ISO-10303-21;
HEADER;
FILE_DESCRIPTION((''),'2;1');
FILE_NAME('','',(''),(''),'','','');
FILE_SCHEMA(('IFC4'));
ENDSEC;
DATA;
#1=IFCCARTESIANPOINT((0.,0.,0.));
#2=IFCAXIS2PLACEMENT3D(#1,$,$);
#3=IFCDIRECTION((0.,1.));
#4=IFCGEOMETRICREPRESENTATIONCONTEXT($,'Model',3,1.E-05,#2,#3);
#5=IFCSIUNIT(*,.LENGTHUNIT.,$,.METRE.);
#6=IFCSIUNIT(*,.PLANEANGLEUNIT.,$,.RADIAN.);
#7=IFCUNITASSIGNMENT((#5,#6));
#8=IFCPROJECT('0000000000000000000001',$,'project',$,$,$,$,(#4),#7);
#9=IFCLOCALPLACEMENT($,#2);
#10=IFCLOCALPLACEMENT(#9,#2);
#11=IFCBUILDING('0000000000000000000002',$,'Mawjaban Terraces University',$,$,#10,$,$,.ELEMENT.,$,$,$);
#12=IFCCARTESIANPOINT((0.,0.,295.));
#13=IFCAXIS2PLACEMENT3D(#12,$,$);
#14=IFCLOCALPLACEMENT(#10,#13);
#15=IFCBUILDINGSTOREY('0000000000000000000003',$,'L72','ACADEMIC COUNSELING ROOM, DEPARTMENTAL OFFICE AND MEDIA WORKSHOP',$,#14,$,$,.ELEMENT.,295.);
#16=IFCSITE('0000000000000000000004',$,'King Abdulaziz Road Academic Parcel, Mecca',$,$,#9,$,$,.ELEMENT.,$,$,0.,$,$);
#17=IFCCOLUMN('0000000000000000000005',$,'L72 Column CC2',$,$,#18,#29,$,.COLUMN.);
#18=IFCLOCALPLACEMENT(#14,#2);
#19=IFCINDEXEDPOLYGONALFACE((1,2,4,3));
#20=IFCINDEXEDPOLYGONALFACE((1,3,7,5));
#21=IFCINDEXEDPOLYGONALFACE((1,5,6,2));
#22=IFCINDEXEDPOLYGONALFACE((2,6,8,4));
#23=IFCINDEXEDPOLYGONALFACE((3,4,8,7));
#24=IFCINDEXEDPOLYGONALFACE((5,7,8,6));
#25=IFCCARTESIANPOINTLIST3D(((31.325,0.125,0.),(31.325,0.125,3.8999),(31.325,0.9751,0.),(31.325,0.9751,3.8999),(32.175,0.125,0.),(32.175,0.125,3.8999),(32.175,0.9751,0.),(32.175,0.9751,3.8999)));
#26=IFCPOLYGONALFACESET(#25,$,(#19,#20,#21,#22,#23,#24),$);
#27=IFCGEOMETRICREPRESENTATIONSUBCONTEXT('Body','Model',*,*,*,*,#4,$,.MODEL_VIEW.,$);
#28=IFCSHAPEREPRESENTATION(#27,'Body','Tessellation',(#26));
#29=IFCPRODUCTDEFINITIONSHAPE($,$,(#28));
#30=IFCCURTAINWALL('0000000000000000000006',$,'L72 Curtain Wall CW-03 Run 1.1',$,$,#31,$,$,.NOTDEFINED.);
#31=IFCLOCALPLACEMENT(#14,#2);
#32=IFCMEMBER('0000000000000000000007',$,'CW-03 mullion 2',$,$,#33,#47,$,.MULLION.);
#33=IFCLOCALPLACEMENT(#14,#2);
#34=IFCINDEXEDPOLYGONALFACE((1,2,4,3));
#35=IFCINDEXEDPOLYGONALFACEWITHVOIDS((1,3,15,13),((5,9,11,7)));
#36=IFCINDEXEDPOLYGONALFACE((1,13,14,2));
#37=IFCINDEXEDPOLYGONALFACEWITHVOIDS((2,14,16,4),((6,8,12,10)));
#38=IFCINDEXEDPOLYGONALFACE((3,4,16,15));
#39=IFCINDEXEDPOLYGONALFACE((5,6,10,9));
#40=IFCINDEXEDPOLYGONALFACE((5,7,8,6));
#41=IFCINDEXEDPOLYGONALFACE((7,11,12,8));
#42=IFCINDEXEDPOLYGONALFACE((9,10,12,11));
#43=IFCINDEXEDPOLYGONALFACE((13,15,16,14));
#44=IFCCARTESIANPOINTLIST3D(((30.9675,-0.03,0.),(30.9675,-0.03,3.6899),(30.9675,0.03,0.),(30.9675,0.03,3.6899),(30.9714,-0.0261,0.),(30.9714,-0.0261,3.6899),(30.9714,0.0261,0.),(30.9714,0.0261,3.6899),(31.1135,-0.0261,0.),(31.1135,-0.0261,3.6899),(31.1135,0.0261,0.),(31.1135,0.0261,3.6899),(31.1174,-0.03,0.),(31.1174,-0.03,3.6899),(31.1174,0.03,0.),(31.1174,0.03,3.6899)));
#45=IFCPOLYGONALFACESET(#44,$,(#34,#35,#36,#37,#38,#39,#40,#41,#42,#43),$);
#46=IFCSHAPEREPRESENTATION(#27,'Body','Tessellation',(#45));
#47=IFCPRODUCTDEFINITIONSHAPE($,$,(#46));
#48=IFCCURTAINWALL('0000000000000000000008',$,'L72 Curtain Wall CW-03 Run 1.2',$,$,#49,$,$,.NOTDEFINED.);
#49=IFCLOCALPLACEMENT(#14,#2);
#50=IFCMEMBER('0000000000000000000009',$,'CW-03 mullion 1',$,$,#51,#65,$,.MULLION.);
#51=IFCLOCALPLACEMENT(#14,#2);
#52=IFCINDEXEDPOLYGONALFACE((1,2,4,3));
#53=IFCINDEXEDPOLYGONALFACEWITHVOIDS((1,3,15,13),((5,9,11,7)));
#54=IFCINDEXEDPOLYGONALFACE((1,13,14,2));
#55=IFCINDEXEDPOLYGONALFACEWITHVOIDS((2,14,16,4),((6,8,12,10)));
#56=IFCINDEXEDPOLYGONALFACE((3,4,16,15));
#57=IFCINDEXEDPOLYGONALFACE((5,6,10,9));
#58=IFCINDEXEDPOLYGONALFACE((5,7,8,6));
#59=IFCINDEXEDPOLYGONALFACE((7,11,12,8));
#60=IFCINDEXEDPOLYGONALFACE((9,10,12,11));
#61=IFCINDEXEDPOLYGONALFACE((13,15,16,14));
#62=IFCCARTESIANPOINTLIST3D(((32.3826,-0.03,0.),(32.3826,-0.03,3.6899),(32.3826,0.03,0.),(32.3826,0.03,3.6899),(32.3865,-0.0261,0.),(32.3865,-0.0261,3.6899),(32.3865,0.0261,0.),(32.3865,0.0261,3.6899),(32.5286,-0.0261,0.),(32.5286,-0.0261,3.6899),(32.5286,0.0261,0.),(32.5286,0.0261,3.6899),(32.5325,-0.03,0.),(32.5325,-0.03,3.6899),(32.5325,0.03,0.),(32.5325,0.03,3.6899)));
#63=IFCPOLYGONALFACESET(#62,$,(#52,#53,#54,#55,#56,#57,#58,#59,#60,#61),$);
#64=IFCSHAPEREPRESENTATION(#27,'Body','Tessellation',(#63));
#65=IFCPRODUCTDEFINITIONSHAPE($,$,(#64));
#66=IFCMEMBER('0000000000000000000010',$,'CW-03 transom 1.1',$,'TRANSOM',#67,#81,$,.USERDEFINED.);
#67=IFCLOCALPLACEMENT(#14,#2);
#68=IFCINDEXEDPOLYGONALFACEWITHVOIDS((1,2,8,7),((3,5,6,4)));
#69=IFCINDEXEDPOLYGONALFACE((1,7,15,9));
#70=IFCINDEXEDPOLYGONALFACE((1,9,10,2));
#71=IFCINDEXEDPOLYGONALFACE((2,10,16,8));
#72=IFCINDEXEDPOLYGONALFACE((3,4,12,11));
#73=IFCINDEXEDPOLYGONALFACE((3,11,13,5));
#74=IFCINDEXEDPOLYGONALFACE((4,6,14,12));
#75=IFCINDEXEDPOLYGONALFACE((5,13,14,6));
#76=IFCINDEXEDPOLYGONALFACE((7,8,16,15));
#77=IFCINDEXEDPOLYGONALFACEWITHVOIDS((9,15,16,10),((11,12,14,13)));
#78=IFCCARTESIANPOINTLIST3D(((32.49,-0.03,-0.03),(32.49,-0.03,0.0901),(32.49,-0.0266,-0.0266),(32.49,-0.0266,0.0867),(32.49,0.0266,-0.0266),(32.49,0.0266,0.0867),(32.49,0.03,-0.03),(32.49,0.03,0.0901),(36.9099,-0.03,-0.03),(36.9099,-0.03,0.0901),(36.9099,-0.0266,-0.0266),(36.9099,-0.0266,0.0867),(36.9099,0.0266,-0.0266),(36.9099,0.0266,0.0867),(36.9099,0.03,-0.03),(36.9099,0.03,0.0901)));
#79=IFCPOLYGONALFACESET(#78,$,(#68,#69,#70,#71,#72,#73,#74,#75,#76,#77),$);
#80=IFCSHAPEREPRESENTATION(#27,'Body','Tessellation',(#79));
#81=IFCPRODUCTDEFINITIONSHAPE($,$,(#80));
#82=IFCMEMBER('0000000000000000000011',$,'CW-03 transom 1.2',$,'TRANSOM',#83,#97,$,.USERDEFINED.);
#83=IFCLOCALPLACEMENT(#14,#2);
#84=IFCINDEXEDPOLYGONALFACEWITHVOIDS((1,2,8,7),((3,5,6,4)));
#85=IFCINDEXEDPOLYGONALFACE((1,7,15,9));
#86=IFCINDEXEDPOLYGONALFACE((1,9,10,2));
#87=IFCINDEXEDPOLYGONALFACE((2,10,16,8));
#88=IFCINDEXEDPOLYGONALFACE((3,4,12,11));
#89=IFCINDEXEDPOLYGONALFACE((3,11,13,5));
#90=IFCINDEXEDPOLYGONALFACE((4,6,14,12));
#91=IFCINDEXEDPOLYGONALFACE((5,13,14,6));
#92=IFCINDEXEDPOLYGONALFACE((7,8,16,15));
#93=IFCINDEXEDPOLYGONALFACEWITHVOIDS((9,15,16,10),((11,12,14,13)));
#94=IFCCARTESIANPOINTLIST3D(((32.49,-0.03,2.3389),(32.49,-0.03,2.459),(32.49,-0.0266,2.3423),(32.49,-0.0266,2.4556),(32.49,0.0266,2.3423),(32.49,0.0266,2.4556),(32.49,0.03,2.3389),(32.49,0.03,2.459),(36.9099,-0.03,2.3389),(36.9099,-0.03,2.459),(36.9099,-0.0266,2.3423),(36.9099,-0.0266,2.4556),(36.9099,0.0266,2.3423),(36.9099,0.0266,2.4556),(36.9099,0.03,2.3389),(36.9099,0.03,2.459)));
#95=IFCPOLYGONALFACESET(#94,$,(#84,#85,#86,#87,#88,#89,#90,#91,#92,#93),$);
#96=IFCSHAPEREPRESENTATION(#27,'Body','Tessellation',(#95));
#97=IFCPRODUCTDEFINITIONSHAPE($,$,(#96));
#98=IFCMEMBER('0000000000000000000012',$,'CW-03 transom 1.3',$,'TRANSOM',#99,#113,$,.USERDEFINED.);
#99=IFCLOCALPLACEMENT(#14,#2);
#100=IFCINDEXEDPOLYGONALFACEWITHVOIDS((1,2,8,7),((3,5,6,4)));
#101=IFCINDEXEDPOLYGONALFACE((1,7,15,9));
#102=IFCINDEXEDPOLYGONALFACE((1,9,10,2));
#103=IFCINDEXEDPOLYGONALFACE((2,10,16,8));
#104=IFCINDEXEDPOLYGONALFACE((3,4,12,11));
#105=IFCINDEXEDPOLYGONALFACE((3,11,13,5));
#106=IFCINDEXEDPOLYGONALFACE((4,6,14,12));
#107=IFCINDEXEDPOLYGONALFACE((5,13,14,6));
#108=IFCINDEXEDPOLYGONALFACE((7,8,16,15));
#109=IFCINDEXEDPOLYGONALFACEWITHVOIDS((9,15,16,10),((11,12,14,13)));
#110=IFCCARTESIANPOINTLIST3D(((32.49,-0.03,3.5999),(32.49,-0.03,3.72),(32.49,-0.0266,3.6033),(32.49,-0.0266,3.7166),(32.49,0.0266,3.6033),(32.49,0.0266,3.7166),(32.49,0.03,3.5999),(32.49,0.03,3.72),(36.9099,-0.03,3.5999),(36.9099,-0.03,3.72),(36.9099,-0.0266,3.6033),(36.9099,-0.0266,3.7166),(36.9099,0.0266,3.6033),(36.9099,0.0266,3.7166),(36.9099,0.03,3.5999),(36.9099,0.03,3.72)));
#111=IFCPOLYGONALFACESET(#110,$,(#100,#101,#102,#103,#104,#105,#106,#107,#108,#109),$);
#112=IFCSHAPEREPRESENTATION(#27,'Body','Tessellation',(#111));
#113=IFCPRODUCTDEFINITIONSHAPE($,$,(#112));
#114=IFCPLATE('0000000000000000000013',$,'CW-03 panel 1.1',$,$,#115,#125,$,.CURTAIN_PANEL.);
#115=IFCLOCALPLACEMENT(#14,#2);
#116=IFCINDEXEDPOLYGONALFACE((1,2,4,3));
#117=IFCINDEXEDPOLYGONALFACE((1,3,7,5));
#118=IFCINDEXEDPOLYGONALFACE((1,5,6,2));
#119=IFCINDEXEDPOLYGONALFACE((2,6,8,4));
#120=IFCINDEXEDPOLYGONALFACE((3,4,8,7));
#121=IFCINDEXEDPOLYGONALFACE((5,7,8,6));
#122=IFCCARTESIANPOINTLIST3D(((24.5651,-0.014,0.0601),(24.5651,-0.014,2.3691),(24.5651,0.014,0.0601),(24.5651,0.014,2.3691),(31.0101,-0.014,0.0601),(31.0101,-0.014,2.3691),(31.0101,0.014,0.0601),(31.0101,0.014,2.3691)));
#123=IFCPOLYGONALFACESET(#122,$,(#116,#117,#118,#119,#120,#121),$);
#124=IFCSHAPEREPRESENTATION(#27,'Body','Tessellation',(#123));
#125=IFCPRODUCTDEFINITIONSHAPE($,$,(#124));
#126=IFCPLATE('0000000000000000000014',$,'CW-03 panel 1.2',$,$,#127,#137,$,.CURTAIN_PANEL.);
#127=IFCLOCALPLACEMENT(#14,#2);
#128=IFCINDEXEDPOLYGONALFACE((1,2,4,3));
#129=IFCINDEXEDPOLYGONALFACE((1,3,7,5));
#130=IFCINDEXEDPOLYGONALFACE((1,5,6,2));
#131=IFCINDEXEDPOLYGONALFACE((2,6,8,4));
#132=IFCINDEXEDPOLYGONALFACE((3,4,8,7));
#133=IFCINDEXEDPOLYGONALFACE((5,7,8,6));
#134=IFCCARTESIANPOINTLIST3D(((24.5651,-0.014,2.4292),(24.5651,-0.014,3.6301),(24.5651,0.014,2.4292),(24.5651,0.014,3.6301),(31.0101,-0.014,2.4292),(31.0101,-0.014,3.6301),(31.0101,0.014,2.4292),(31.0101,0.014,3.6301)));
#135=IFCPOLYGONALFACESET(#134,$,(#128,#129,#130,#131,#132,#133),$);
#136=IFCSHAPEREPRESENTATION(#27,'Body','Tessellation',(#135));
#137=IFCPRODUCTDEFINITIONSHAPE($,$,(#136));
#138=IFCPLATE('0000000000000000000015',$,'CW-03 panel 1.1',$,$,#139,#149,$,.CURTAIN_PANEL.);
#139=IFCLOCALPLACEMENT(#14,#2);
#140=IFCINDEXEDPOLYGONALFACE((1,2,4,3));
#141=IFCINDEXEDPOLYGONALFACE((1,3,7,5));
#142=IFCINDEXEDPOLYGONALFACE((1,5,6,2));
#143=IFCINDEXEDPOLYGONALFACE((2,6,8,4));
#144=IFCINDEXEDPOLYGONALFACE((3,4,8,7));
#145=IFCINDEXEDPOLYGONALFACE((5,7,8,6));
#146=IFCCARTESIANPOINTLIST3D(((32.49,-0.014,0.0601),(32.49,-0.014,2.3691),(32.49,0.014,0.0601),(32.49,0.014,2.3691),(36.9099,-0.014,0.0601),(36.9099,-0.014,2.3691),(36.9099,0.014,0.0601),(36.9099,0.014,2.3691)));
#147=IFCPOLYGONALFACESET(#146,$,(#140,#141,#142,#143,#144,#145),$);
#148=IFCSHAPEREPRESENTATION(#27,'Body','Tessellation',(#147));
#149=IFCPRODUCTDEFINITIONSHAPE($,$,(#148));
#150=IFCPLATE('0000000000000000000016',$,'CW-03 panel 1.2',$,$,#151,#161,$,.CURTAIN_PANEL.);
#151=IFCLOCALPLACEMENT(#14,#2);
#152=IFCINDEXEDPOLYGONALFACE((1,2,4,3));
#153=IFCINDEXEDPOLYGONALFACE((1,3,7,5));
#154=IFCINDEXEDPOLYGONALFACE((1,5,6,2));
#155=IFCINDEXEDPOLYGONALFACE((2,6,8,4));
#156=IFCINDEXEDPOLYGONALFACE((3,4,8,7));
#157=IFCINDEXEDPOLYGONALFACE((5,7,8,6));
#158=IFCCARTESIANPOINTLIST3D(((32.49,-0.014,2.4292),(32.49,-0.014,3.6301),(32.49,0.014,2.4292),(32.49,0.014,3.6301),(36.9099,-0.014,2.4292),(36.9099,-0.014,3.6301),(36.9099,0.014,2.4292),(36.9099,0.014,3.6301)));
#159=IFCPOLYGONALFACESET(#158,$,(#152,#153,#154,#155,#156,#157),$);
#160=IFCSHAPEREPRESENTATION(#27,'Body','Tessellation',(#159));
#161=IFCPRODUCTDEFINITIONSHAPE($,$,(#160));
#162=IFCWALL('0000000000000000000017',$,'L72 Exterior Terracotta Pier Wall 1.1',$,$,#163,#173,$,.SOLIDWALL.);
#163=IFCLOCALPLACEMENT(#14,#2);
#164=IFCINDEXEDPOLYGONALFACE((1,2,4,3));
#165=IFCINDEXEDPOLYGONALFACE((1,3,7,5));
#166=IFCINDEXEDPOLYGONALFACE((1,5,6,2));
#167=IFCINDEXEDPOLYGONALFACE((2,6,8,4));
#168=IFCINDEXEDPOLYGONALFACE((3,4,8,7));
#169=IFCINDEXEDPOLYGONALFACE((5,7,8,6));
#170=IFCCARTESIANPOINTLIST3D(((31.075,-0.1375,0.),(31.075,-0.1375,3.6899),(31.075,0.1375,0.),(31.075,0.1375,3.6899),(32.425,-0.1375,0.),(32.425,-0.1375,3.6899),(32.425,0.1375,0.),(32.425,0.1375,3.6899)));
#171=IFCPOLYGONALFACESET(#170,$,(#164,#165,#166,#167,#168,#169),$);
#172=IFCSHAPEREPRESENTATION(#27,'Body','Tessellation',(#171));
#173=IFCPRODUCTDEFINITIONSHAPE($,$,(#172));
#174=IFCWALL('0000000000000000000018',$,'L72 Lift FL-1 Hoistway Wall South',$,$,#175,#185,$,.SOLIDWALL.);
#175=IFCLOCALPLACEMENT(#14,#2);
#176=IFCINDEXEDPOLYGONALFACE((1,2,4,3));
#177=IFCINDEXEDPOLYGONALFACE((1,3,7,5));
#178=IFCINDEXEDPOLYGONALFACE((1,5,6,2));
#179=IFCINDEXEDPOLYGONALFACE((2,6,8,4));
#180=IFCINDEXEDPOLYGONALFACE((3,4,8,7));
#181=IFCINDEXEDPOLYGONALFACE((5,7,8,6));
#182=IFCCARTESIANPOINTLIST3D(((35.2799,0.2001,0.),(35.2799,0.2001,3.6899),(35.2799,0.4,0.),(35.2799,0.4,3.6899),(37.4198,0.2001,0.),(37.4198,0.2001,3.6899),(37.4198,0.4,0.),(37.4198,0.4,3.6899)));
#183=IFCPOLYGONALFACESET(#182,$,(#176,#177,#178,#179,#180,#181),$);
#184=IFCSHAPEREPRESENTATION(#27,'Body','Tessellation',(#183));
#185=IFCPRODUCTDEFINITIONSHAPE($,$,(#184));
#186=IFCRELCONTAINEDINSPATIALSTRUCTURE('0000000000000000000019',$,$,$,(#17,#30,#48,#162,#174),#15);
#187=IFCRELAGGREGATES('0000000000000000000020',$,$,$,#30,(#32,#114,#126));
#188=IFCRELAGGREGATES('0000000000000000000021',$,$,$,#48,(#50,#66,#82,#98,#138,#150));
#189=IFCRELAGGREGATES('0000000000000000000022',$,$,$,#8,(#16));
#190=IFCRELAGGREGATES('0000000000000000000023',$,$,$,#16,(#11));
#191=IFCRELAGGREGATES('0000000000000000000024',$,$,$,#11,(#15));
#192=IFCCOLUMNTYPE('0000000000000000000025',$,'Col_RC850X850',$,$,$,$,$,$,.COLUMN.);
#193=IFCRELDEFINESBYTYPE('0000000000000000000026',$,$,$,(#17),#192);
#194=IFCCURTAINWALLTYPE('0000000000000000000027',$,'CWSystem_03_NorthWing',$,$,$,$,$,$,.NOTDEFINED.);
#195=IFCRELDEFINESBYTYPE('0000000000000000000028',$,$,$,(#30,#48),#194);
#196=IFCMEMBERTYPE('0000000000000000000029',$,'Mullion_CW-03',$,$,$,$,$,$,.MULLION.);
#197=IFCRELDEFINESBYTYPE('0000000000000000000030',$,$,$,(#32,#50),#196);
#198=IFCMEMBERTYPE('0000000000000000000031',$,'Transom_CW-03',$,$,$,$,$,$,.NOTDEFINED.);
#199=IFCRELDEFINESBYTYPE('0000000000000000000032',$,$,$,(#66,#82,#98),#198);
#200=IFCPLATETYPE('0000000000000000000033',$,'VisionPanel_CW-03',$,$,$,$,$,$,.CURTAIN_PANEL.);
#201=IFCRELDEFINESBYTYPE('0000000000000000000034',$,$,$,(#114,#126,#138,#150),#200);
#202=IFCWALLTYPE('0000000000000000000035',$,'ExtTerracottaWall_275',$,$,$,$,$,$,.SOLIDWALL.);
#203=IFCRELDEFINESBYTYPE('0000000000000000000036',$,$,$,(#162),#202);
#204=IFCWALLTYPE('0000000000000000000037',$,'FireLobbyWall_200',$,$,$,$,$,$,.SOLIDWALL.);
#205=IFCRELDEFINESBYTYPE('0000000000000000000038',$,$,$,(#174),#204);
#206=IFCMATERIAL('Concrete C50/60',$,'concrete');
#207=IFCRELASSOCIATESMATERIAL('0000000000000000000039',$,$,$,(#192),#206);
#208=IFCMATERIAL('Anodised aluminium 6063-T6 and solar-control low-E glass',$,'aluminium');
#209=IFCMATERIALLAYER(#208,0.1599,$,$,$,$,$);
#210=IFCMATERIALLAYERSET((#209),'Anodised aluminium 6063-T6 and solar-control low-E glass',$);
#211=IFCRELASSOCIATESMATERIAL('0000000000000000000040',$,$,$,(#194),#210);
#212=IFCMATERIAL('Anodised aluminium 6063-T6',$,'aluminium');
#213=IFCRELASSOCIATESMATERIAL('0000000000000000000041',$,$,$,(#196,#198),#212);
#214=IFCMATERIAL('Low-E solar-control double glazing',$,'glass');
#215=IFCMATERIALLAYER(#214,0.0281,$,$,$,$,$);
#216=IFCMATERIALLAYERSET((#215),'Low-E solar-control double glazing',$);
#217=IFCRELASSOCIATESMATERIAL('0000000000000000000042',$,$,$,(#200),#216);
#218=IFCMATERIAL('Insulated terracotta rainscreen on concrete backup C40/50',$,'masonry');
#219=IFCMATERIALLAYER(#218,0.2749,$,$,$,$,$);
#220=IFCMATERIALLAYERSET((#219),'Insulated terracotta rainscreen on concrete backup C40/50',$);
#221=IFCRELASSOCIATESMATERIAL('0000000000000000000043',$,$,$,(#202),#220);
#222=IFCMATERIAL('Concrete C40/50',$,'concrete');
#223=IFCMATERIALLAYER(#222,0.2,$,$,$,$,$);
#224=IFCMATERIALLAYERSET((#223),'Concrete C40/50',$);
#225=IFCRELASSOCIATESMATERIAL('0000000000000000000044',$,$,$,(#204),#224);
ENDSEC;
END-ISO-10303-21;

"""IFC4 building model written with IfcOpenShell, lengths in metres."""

from ifc_helpers import new_model, si_unit, direction, frame, frame_2d, origin, origin_2d, place, context, subcontext, project, spatial, rectangle, hollow_rectangle, extrude, material, layer, layer_set, material_profile, profile_set, type_object, element, aggregate, save


model = new_model("IFC4")

# Units and contexts
model_context = context("Model", 3, precision=1e-05, world=origin(), true_north=direction((0.0, 1.0)))
body_context = subcontext(model_context, "Body", "Model", "MODEL_VIEW")
ifc_project = project(units=[si_unit("LENGTHUNIT", "METRE"), si_unit("PLANEANGLEUNIT", "RADIAN")], contexts=[model_context])

# Site, building, storey
site_placement = place(None, origin())
site = spatial("IfcSite", under=ifc_project, at=site_placement, Name="King Abdulaziz Road Academic Parcel, Mecca", CompositionType="ELEMENT", RefElevation=0.0)
building_placement = place(site_placement, origin())
building = spatial("IfcBuilding", under=site, at=building_placement, Name="Mawjaban Terraces University", CompositionType="ELEMENT")
storey_placement = place(building_placement, frame((0.0, 0.0, 295.0)))
storey = spatial("IfcBuildingStorey", under=building, at=storey_placement, Name="L72", Description="ACADEMIC COUNSELING ROOM, DEPARTMENTAL OFFICE AND MEDIA WORKSHOP", CompositionType="ELEMENT", Elevation=295.0)

# Column
ifc_material_1 = material(Name="Concrete C50/60", Category="concrete")
ifc_material_profile_1 = material_profile(ifc_material_1, rectangle(XDim=0.8501, YDim=0.8501, at=origin_2d()), Name="RC850X850")
ifc_profile_set_1 = profile_set([ifc_material_profile_1], Name="Concrete C50/60")
column_type = type_object("IfcColumnType", Name="Col_RC850X850", PredefinedType="COLUMN", material=ifc_profile_set_1)
column_placement = place(storey_placement, frame((31.75, 0.55, 0.0), z_axis=(0.0, 0.0, 1.0), x_axis=(1.0, 0.0, 0.0)))
element("IfcColumn", 1, at=column_placement, inside=storey, type_object=column_type, Name="L72 Column CC2", PredefinedType="COLUMN", context=body_context, shape_type="SweptSolid", body=[
    extrude(rectangle(XDim=0.8501, YDim=0.8501, at=origin_2d()), origin(), (0.0, 0.0, 1.0), 3.8999),
])

# Curtain wall, member
ifc_material_2 = material(Name="Anodised aluminium 6063-T6 and solar-control low-E glass", Category="aluminium")
ifc_layer_1 = layer(ifc_material_2, 0.1599)
ifc_layer_set_1 = layer_set([ifc_layer_1], Name="Anodised aluminium 6063-T6 and solar-control low-E glass")
curtain_wall_type = type_object("IfcCurtainWallType", Name="CWSystem_03_NorthWing", PredefinedType="NOTDEFINED", material=ifc_layer_set_1)
curtain_wall_1_placement = place(storey_placement, origin())
curtain_wall_1 = element("IfcCurtainWall", 2, at=curtain_wall_1_placement, inside=storey, type_object=curtain_wall_type, Name="L72 Curtain Wall CW-03 Run 1.1", PredefinedType="NOTDEFINED")
ifc_material_3 = material(Name="Anodised aluminium 6063-T6", Category="aluminium")
ifc_material_profile_2 = material_profile(ifc_material_3, hollow_rectangle(XDim=0.0601, YDim=0.1499, WallThickness=0.0039, at=origin_2d()), Name="ALU150X60X4")
ifc_profile_set_2 = profile_set([ifc_material_profile_2], Name="Anodised aluminium 6063-T6")
member_type_1 = type_object("IfcMemberType", Name="Mullion_CW-03", PredefinedType="MULLION", material=ifc_profile_set_2)
member_1_placement = place(storey_placement, frame((31.0425, 0.0, 0.0), z_axis=(0.0, 0.0, 1.0), x_axis=(0.0, 1.0, 0.0)))
member_1 = element("IfcMember", 3, at=member_1_placement, type_object=member_type_1, Name="CW-03 mullion 2", PredefinedType="MULLION", context=body_context, shape_type="SweptSolid", body=[
    extrude(hollow_rectangle(XDim=0.0601, YDim=0.1499, WallThickness=0.0039, at=origin_2d()), origin(), (0.0, 0.0, 1.0), 3.6899),
])

# Curtain wall, members
curtain_wall_2_placement = place(storey_placement, origin())
curtain_wall_2 = element("IfcCurtainWall", 4, at=curtain_wall_2_placement, inside=storey, type_object=curtain_wall_type, Name="L72 Curtain Wall CW-03 Run 1.2", PredefinedType="NOTDEFINED")
member_2_placement = place(storey_placement, frame((32.4575, 0.0, 0.0), z_axis=(0.0, 0.0, 1.0), x_axis=(0.0, 1.0, 0.0)))
member_2 = element("IfcMember", 5, at=member_2_placement, type_object=member_type_1, Name="CW-03 mullion 1", PredefinedType="MULLION", context=body_context, shape_type="SweptSolid", body=[
    extrude(hollow_rectangle(XDim=0.0601, YDim=0.1499, WallThickness=0.0039, at=origin_2d()), origin(), (0.0, 0.0, 1.0), 3.6899),
])
ifc_material_profile_3 = material_profile(ifc_material_3, hollow_rectangle(XDim=0.0601, YDim=0.1201, WallThickness=0.0034, at=origin_2d()), Name="ALU120X60X3.5")
ifc_profile_set_3 = profile_set([ifc_material_profile_3], Name="Anodised aluminium 6063-T6")
member_type_2 = type_object("IfcMemberType", Name="Transom_CW-03", PredefinedType="NOTDEFINED", material=ifc_profile_set_3)
member_3_placement = place(storey_placement, frame((32.49, 0.0, 0.03), z_axis=(1.0, 0.0, 0.0), x_axis=(0.0, 1.0, 0.0)))
member_3 = element("IfcMember", 6, at=member_3_placement, type_object=member_type_2, Name="CW-03 transom 1.1", ObjectType="TRANSOM", PredefinedType="USERDEFINED", context=body_context, shape_type="SweptSolid", body=[
    extrude(hollow_rectangle(XDim=0.0601, YDim=0.1201, WallThickness=0.0034, at=origin_2d()), origin(), (0.0, 0.0, 1.0), 4.4199),
])
member_4_placement = place(storey_placement, frame((32.49, 0.0, 2.3989), z_axis=(1.0, 0.0, 0.0), x_axis=(0.0, 1.0, 0.0)))
member_4 = element("IfcMember", 7, at=member_4_placement, type_object=member_type_2, Name="CW-03 transom 1.2", ObjectType="TRANSOM", PredefinedType="USERDEFINED", context=body_context, shape_type="SweptSolid", body=[
    extrude(hollow_rectangle(XDim=0.0601, YDim=0.1201, WallThickness=0.0034, at=origin_2d()), origin(), (0.0, 0.0, 1.0), 4.4199),
])
member_5_placement = place(storey_placement, frame((32.49, 0.0, 3.6599), z_axis=(1.0, 0.0, 0.0), x_axis=(0.0, 1.0, 0.0)))
member_5 = element("IfcMember", 8, at=member_5_placement, type_object=member_type_2, Name="CW-03 transom 1.3", ObjectType="TRANSOM", PredefinedType="USERDEFINED", context=body_context, shape_type="SweptSolid", body=[
    extrude(hollow_rectangle(XDim=0.0601, YDim=0.1201, WallThickness=0.0034, at=origin_2d()), origin(), (0.0, 0.0, 1.0), 4.4199),
])

# Plates
ifc_material_4 = material(Name="Low-E solar-control double glazing", Category="glass")
ifc_layer_2 = layer(ifc_material_4, 0.0281)
ifc_layer_set_2 = layer_set([ifc_layer_2], Name="Low-E solar-control double glazing")
plate_type = type_object("IfcPlateType", Name="VisionPanel_CW-03", PredefinedType="CURTAIN_PANEL", material=ifc_layer_set_2)
plate_1_placement = place(storey_placement, frame((27.7876, 0.0, 0.0601), z_axis=(0.0, 0.0, 1.0), x_axis=(1.0, 0.0, 0.0)))
plate_1 = element("IfcPlate", 9, at=plate_1_placement, type_object=plate_type, Name="CW-03 panel 1.1", PredefinedType="CURTAIN_PANEL", context=body_context, shape_type="SweptSolid", body=[
    extrude(rectangle(XDim=6.4451, YDim=0.0281, at=origin_2d()), origin(), (0.0, 0.0, 1.0), 2.3091),
])
plate_2_placement = place(storey_placement, frame((27.7876, 0.0, 2.4292), z_axis=(0.0, 0.0, 1.0), x_axis=(1.0, 0.0, 0.0)))
plate_2 = element("IfcPlate", 10, at=plate_2_placement, type_object=plate_type, Name="CW-03 panel 1.2", PredefinedType="CURTAIN_PANEL", context=body_context, shape_type="SweptSolid", body=[
    extrude(rectangle(XDim=6.4451, YDim=0.0281, at=origin_2d()), origin(), (0.0, 0.0, 1.0), 1.2009),
])
aggregate(curtain_wall_1, [member_1, plate_1, plate_2])
plate_3_placement = place(storey_placement, frame((34.7, 0.0, 0.0601), z_axis=(0.0, 0.0, 1.0), x_axis=(1.0, 0.0, 0.0)))
plate_3 = element("IfcPlate", 11, at=plate_3_placement, type_object=plate_type, Name="CW-03 panel 1.1", PredefinedType="CURTAIN_PANEL", context=body_context, shape_type="SweptSolid", body=[
    extrude(rectangle(XDim=4.4199, YDim=0.0281, at=origin_2d()), origin(), (0.0, 0.0, 1.0), 2.3091),
])
plate_4_placement = place(storey_placement, frame((34.7, 0.0, 2.4292), z_axis=(0.0, 0.0, 1.0), x_axis=(1.0, 0.0, 0.0)))
plate_4 = element("IfcPlate", 12, at=plate_4_placement, type_object=plate_type, Name="CW-03 panel 1.2", PredefinedType="CURTAIN_PANEL", context=body_context, shape_type="SweptSolid", body=[
    extrude(rectangle(XDim=4.4199, YDim=0.0281, at=origin_2d()), origin(), (0.0, 0.0, 1.0), 1.2009),
])
aggregate(curtain_wall_2, [member_2, member_3, member_4, member_5, plate_3, plate_4])

# Wall
ifc_material_5 = material(Name="Insulated terracotta rainscreen on concrete backup C40/50", Category="masonry")
ifc_layer_3 = layer(ifc_material_5, 0.2749)
ifc_layer_set_3 = layer_set([ifc_layer_3], Name="Insulated terracotta rainscreen on concrete backup C40/50")
wall_type_1 = type_object("IfcWallType", Name="ExtTerracottaWall_275", PredefinedType="SOLIDWALL", material=ifc_layer_set_3)
wall_1_placement = place(storey_placement, frame((31.075, 0.0, 0.0), z_axis=(0.0, 0.0, 1.0), x_axis=(1.0, 0.0, 0.0)))
element("IfcWall", 13, at=wall_1_placement, inside=storey, type_object=wall_type_1, Name="L72 Exterior Terracotta Pier Wall 1.1", PredefinedType="SOLIDWALL", context=body_context, shape_type="SweptSolid", body=[
    extrude(rectangle(XDim=1.3501, YDim=0.2749, at=frame_2d((0.675, 0.0))), origin(), (0.0, 0.0, 1.0), 3.6899),
])

# Shared definitions
ifc_material_6 = material(Name="Concrete C40/50", Category="concrete")
ifc_layer_4 = layer(ifc_material_6, 0.2)
ifc_layer_set_4 = layer_set([ifc_layer_4], Name="Concrete C40/50")
wall_type_2 = type_object("IfcWallType", Name="FireLobbyWall_200", PredefinedType="SOLIDWALL", material=ifc_layer_set_4)

# Wall
wall_2_placement = place(storey_placement, frame((35.28, 0.3, 0.0), z_axis=(0.0, 0.0, 1.0), x_axis=(1.0, 0.0, 0.0)))
element("IfcWall", 14, at=wall_2_placement, inside=storey, type_object=wall_type_2, Name="L72 Lift FL-1 Hoistway Wall South", PredefinedType="SOLIDWALL", context=body_context, shape_type="SweptSolid", body=[
    extrude(rectangle(XDim=2.1399, YDim=0.2, at=frame_2d((1.0698, 0.0))), origin(), (0.0, 0.0, 1.0), 3.6899),
])

save(model, "model.ifc")
